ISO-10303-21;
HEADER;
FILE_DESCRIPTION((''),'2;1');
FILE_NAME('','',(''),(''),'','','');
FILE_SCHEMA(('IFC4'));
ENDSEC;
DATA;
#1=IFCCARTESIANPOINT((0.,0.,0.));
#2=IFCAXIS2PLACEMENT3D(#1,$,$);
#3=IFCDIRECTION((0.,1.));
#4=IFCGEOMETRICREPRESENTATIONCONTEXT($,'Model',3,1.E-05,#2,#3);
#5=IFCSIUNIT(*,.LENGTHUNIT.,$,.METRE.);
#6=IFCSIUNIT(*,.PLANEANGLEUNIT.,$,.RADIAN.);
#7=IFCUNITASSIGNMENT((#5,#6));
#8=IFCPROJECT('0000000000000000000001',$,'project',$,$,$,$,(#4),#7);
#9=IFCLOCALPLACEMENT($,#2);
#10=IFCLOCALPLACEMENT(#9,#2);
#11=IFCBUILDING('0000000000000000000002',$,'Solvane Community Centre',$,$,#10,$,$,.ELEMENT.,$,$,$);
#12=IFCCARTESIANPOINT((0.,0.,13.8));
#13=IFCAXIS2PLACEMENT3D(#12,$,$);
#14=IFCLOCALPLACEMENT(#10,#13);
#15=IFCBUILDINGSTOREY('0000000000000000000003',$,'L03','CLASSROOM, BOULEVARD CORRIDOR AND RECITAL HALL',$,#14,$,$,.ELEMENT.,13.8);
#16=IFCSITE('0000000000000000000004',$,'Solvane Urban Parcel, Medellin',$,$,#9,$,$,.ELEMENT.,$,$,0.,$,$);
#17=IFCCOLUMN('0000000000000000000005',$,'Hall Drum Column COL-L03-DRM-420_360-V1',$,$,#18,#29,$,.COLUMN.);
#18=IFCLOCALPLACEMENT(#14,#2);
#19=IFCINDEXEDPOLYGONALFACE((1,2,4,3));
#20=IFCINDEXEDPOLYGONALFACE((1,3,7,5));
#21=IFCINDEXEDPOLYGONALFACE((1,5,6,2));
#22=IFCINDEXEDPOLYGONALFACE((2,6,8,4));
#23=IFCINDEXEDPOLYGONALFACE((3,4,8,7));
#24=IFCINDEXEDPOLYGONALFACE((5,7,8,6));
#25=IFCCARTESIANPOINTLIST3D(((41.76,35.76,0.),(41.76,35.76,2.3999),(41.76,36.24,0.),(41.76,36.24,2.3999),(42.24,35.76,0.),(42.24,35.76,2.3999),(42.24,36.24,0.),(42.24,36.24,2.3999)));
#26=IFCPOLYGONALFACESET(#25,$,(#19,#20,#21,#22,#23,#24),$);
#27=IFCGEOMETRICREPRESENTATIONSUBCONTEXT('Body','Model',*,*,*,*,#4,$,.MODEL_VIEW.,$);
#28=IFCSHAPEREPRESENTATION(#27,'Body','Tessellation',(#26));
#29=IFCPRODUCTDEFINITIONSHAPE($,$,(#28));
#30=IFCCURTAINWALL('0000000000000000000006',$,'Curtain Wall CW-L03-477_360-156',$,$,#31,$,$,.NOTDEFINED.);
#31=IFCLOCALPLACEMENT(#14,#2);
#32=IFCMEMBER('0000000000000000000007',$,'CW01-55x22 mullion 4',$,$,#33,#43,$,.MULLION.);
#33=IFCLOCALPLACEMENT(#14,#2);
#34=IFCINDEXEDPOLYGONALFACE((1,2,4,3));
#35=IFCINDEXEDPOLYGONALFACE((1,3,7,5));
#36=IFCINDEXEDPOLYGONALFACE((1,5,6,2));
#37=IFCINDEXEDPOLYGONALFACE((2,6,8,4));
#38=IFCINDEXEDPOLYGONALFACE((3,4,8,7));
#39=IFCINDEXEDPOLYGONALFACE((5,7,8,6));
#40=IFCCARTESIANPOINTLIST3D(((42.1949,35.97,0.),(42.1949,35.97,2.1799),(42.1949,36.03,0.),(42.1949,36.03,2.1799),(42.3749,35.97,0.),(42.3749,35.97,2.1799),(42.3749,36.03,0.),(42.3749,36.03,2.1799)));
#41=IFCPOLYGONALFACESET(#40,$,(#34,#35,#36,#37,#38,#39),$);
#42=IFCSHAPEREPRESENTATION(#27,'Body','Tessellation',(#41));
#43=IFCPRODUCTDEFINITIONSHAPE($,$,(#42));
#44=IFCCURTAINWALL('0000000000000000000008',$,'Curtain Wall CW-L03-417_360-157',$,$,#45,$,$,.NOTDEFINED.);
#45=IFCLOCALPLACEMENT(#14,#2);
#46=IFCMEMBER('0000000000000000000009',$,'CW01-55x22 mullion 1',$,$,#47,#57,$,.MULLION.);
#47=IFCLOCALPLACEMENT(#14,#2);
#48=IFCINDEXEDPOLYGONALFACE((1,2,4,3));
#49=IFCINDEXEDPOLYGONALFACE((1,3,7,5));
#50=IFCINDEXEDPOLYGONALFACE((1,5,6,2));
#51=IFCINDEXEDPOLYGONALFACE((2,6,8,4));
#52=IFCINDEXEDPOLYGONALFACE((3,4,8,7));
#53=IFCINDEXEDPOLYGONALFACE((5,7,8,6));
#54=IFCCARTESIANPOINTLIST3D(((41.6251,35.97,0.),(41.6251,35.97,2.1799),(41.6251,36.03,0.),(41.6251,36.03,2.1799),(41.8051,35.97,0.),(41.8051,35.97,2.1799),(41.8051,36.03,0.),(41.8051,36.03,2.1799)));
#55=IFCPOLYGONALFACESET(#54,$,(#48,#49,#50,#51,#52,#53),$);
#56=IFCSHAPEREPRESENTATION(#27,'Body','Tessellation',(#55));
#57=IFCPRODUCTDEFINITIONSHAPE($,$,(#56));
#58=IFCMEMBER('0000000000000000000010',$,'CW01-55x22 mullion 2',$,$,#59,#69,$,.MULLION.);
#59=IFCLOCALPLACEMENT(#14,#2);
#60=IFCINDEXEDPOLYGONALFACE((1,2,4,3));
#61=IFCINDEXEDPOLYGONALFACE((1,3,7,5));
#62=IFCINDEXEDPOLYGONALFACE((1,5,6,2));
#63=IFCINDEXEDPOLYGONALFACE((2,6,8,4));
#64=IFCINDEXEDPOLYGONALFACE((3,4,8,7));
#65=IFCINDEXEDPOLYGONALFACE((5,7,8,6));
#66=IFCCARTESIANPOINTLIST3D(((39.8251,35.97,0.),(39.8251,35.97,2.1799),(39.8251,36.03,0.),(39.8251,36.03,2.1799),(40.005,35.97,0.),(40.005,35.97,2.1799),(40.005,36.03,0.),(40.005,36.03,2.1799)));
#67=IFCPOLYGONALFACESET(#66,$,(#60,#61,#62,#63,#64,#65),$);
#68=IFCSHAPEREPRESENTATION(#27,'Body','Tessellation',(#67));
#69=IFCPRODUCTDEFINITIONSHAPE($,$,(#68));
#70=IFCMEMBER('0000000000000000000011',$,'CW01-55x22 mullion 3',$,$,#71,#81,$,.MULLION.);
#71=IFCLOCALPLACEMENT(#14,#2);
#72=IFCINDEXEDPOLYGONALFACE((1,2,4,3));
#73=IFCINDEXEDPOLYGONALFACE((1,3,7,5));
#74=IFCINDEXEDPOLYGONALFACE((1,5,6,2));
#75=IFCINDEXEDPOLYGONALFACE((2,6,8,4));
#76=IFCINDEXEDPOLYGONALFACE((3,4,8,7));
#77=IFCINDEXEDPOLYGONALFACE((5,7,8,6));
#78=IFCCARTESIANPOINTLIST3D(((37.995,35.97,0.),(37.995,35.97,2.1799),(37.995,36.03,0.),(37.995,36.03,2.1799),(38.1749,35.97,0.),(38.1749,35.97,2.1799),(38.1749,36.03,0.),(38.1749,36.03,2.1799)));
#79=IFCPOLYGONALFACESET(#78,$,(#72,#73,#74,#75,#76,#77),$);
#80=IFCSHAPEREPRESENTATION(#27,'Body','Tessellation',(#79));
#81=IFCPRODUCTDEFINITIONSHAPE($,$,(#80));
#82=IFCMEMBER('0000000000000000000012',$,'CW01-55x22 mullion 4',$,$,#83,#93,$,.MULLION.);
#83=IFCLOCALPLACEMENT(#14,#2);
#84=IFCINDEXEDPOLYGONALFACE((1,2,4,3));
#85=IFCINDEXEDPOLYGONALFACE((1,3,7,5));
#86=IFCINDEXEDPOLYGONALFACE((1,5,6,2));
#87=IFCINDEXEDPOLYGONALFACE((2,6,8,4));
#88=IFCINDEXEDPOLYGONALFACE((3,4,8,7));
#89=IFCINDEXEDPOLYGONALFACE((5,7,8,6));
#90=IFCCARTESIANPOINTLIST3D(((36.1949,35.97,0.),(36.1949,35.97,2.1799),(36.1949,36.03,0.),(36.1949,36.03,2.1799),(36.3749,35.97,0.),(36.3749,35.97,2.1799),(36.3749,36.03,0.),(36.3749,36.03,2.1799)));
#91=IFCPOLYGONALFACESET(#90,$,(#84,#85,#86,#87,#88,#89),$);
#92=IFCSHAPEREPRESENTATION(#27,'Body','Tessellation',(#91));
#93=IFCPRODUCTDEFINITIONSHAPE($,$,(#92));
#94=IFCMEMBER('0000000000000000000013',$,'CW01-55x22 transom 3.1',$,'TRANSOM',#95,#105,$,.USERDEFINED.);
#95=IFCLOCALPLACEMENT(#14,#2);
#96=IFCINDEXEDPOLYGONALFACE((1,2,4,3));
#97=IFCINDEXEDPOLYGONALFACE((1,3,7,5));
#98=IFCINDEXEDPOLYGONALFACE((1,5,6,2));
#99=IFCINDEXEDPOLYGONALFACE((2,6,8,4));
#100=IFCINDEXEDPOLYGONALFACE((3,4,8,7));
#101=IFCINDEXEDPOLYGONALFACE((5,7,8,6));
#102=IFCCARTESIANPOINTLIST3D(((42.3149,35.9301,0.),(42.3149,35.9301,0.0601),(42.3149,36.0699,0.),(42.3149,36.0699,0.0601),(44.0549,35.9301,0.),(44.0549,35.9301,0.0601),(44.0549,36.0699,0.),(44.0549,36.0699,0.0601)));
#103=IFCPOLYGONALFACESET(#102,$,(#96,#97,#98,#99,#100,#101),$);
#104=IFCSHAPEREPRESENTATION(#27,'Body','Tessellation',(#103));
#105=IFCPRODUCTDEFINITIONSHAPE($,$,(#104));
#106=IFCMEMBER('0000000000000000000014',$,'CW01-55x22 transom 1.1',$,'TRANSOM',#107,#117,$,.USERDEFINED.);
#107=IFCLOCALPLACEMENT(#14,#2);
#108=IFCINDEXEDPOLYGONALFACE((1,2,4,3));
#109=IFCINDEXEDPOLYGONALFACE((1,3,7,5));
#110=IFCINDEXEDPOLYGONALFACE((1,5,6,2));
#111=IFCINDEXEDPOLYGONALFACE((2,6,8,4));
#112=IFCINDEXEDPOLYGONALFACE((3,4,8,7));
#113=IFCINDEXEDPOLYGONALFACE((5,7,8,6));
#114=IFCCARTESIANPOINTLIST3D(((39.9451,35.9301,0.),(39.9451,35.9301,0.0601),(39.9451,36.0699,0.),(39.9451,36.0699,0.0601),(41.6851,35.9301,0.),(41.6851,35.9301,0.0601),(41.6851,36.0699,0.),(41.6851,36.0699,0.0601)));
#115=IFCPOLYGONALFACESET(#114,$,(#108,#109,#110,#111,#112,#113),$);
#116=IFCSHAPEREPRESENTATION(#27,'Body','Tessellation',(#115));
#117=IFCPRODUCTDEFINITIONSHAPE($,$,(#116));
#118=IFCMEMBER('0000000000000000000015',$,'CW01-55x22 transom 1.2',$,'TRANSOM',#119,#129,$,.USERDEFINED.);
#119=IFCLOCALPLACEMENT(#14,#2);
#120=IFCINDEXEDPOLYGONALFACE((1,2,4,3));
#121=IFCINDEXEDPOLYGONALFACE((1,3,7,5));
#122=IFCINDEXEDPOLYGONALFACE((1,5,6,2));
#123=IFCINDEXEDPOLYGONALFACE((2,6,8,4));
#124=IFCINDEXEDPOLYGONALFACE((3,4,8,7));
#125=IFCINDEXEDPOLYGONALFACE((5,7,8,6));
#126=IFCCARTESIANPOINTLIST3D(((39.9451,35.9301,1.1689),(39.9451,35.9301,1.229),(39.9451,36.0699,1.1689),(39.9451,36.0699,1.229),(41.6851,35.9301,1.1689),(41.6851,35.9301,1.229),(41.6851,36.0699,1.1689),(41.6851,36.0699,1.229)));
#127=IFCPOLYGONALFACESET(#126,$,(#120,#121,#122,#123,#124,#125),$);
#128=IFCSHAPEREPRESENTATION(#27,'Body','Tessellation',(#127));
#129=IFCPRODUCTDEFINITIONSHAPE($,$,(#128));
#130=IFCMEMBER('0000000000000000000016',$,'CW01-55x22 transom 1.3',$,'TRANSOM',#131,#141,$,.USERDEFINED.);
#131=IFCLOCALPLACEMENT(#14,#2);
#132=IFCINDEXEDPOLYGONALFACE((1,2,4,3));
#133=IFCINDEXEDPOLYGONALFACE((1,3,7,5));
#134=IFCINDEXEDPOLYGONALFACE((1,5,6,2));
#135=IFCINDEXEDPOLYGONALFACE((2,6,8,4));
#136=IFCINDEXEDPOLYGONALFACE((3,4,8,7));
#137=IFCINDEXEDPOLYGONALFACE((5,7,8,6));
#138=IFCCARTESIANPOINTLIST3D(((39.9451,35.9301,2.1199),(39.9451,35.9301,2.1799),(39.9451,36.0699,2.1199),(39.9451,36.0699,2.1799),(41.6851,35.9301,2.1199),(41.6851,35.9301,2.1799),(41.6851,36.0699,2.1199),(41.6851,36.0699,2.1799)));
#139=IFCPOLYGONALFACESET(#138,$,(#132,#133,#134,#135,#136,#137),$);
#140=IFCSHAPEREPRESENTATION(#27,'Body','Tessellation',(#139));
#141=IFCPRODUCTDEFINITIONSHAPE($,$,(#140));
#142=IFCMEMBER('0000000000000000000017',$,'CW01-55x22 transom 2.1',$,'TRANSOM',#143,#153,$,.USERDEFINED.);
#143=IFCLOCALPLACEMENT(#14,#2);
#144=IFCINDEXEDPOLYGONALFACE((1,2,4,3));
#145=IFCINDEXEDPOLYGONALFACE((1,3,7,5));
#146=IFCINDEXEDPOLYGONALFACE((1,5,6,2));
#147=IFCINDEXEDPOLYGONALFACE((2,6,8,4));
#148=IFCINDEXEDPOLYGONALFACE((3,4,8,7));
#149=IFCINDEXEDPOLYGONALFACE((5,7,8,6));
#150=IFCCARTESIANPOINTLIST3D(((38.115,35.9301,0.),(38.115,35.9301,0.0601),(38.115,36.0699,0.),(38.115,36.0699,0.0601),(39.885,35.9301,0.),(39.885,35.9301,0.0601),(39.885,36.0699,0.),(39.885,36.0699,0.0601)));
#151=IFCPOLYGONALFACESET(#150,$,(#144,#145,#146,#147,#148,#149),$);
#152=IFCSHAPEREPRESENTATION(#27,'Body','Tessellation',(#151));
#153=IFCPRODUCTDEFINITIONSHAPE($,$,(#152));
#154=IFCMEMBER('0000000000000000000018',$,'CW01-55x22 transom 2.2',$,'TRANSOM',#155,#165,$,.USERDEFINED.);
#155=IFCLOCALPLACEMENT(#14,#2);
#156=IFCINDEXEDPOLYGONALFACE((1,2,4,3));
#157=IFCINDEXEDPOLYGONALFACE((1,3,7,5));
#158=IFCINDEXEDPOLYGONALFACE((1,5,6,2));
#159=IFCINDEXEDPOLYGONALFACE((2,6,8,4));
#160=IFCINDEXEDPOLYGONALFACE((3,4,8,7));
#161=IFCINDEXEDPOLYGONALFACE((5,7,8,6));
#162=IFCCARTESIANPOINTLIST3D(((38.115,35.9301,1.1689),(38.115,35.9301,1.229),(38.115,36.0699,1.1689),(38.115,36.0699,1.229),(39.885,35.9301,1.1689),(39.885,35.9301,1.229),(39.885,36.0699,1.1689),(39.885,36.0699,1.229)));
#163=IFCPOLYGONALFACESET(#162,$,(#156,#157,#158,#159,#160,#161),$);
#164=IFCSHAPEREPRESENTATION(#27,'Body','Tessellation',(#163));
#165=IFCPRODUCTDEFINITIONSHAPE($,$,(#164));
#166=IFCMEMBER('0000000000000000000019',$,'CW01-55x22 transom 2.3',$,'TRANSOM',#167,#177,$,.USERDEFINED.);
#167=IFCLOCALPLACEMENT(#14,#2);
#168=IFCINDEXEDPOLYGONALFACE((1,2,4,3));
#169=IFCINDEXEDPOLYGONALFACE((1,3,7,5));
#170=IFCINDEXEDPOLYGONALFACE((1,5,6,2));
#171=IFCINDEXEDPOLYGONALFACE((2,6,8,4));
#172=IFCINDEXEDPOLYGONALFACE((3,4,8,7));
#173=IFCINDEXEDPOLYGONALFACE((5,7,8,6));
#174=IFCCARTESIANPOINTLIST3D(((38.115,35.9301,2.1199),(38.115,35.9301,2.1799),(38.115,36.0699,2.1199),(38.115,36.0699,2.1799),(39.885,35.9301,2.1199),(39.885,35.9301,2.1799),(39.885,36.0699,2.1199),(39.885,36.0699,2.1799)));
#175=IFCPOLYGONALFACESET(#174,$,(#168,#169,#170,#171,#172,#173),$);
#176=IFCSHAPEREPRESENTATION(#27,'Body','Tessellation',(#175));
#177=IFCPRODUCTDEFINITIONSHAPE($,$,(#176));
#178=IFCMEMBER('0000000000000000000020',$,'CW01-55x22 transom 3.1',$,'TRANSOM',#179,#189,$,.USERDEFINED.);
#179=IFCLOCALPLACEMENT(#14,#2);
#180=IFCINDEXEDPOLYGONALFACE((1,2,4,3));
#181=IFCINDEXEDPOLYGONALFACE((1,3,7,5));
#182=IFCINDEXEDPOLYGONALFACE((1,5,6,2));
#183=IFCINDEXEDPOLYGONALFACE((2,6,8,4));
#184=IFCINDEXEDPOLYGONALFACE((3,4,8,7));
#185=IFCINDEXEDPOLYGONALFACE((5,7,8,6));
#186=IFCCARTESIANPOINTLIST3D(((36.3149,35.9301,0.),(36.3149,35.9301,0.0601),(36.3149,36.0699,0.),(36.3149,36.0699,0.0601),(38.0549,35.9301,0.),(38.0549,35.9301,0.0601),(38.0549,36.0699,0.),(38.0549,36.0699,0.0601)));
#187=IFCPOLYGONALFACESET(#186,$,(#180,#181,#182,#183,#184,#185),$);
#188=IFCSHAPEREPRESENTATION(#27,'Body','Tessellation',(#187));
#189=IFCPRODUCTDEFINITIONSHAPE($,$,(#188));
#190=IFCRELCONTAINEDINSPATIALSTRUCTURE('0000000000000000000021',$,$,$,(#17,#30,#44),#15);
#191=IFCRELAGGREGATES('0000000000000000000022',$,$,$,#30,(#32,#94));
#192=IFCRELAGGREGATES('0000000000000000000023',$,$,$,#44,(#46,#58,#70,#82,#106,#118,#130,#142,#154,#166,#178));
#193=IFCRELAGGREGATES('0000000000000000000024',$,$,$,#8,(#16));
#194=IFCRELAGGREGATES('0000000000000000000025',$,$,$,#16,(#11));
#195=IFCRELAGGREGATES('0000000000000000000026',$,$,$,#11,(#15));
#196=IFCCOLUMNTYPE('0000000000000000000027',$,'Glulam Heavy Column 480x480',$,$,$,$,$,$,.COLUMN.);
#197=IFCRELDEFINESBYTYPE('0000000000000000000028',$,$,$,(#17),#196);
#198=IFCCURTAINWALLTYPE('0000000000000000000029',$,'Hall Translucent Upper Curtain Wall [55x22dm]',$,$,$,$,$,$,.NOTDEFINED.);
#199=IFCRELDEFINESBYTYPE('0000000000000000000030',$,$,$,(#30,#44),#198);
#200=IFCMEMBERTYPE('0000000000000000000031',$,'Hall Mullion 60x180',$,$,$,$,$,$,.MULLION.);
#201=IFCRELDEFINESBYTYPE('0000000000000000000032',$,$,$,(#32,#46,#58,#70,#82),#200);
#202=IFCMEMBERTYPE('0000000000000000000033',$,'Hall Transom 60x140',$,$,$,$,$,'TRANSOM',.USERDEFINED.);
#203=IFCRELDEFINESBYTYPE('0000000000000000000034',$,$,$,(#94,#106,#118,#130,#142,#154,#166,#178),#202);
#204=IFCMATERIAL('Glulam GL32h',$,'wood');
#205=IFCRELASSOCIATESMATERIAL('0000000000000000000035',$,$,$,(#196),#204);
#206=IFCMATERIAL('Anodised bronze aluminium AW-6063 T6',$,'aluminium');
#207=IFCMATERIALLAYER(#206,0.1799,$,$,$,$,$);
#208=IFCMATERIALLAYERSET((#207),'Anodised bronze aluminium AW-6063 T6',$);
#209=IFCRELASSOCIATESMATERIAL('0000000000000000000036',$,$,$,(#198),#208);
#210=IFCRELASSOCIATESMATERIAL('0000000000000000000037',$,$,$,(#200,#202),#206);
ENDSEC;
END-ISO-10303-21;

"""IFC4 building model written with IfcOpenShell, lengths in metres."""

from ifc_helpers import new_model, si_unit, direction, frame, origin, origin_2d, place, context, subcontext, project, spatial, rectangle, extrude, material, layer, layer_set, material_profile, profile_set, type_object, element, aggregate, save


model = new_model("IFC4")

# Units and contexts
model_context = context("Model", 3, precision=1e-05, world=origin(), true_north=direction((0.0, 1.0)))
body_context = subcontext(model_context, "Body", "Model", "MODEL_VIEW")
ifc_project = project(units=[si_unit("LENGTHUNIT", "METRE"), si_unit("PLANEANGLEUNIT", "RADIAN")], contexts=[model_context])

# Site, building, storey
site_placement = place(None, origin())
site = spatial("IfcSite", under=ifc_project, at=site_placement, Name="Solvane Urban Parcel, Medellin", CompositionType="ELEMENT", RefElevation=0.0)
building_placement = place(site_placement, origin())
building = spatial("IfcBuilding", under=site, at=building_placement, Name="Solvane Community Centre", CompositionType="ELEMENT")
storey_placement = place(building_placement, frame((0.0, 0.0, 13.8)))
storey = spatial("IfcBuildingStorey", under=building, at=storey_placement, Name="L03", Description="CLASSROOM, BOULEVARD CORRIDOR AND RECITAL HALL", CompositionType="ELEMENT", Elevation=13.8)

# Column
ifc_material_1 = material(Name="Glulam GL32h", Category="wood")
ifc_material_profile_1 = material_profile(ifc_material_1, rectangle(XDim=0.48, YDim=0.48, at=origin_2d()), Name="GL32h 480x480")
ifc_profile_set_1 = profile_set([ifc_material_profile_1], Name="Glulam GL32h")
column_type = type_object("IfcColumnType", Name="Glulam Heavy Column 480x480", PredefinedType="COLUMN", material=ifc_profile_set_1)
column_placement = place(storey_placement, frame((42.0, 36.0, 0.0), z_axis=(0.0, 0.0, 1.0), x_axis=(1.0, 0.0, 0.0)))
element("IfcColumn", 1, at=column_placement, inside=storey, type_object=column_type, Name="Hall Drum Column COL-L03-DRM-420_360-V1", PredefinedType="COLUMN", context=body_context, shape_type="SweptSolid", body=[
    extrude(rectangle(XDim=0.48, YDim=0.48, at=origin_2d()), origin(), (0.0, 0.0, 1.0), 2.3999),
])

# Curtain wall, member
ifc_material_2 = material(Name="Anodised bronze aluminium AW-6063 T6", Category="aluminium")
ifc_layer_1 = layer(ifc_material_2, 0.1799)
ifc_layer_set_1 = layer_set([ifc_layer_1], Name="Anodised bronze aluminium AW-6063 T6")
curtain_wall_type = type_object("IfcCurtainWallType", Name="Hall Translucent Upper Curtain Wall [55x22dm]", PredefinedType="NOTDEFINED", material=ifc_layer_set_1)
curtain_wall_1_placement = place(storey_placement, origin())
curtain_wall_1 = element("IfcCurtainWall", 2, at=curtain_wall_1_placement, inside=storey, type_object=curtain_wall_type, Name="Curtain Wall CW-L03-477_360-156", PredefinedType="NOTDEFINED")
ifc_material_profile_2 = material_profile(ifc_material_2, rectangle(XDim=0.0601, YDim=0.1799, at=origin_2d()), Name="CW-M 60x180")
ifc_profile_set_2 = profile_set([ifc_material_profile_2], Name="Anodised bronze aluminium AW-6063 T6")
member_type_1 = type_object("IfcMemberType", Name="Hall Mullion 60x180", PredefinedType="MULLION", material=ifc_profile_set_2)
member_1_placement = place(storey_placement, frame((42.2849, 36.0, 0.0), z_axis=(0.0, 0.0, 1.0), x_axis=(0.0, -1.0, 0.0)))
member_1 = element("IfcMember", 3, at=member_1_placement, type_object=member_type_1, Name="CW01-55x22 mullion 4", PredefinedType="MULLION", context=body_context, shape_type="SweptSolid", body=[
    extrude(rectangle(XDim=0.0601, YDim=0.1799, at=origin_2d()), origin(), (0.0, 0.0, 1.0), 2.1799),
])

# Curtain wall, members
curtain_wall_2_placement = place(storey_placement, origin())
curtain_wall_2 = element("IfcCurtainWall", 4, at=curtain_wall_2_placement, inside=storey, type_object=curtain_wall_type, Name="Curtain Wall CW-L03-417_360-157", PredefinedType="NOTDEFINED")
member_2_placement = place(storey_placement, frame((41.7151, 36.0, 0.0), z_axis=(0.0, 0.0, 1.0), x_axis=(0.0, -1.0, 0.0)))
member_2 = element("IfcMember", 5, at=member_2_placement, type_object=member_type_1, Name="CW01-55x22 mullion 1", PredefinedType="MULLION", context=body_context, shape_type="SweptSolid", body=[
    extrude(rectangle(XDim=0.0601, YDim=0.1799, at=origin_2d()), origin(), (0.0, 0.0, 1.0), 2.1799),
])
member_3_placement = place(storey_placement, frame((39.915, 36.0, 0.0), z_axis=(0.0, 0.0, 1.0), x_axis=(0.0, -1.0, 0.0)))
member_3 = element("IfcMember", 6, at=member_3_placement, type_object=member_type_1, Name="CW01-55x22 mullion 2", PredefinedType="MULLION", context=body_context, shape_type="SweptSolid", body=[
    extrude(rectangle(XDim=0.0601, YDim=0.1799, at=origin_2d()), origin(), (0.0, 0.0, 1.0), 2.1799),
])
member_4_placement = place(storey_placement, frame((38.085, 36.0, 0.0), z_axis=(0.0, 0.0, 1.0), x_axis=(0.0, -1.0, 0.0)))
member_4 = element("IfcMember", 7, at=member_4_placement, type_object=member_type_1, Name="CW01-55x22 mullion 3", PredefinedType="MULLION", context=body_context, shape_type="SweptSolid", body=[
    extrude(rectangle(XDim=0.0601, YDim=0.1799, at=origin_2d()), origin(), (0.0, 0.0, 1.0), 2.1799),
])
member_5_placement = place(storey_placement, frame((36.2849, 36.0, 0.0), z_axis=(0.0, 0.0, 1.0), x_axis=(0.0, -1.0, 0.0)))
member_5 = element("IfcMember", 8, at=member_5_placement, type_object=member_type_1, Name="CW01-55x22 mullion 4", PredefinedType="MULLION", context=body_context, shape_type="SweptSolid", body=[
    extrude(rectangle(XDim=0.0601, YDim=0.1799, at=origin_2d()), origin(), (0.0, 0.0, 1.0), 2.1799),
])

# Members
ifc_material_profile_3 = material_profile(ifc_material_2, rectangle(XDim=0.1399, YDim=0.0601, at=origin_2d()), Name="CW-T 60x140")
ifc_profile_set_3 = profile_set([ifc_material_profile_3], Name="Anodised bronze aluminium AW-6063 T6")
member_type_2 = type_object("IfcMemberType", Name="Hall Transom 60x140", ElementType="TRANSOM", PredefinedType="USERDEFINED", material=ifc_profile_set_3)
member_6_placement = place(storey_placement, frame((44.0549, 36.0, 0.03), z_axis=(-1.0, 0.0, 0.0), x_axis=(0.0, -1.0, 0.0)))
member_6 = element("IfcMember", 9, at=member_6_placement, type_object=member_type_2, Name="CW01-55x22 transom 3.1", ObjectType="TRANSOM", PredefinedType="USERDEFINED", context=body_context, shape_type="SweptSolid", body=[
    extrude(rectangle(XDim=0.1399, YDim=0.0601, at=origin_2d()), origin(), (0.0, 0.0, 1.0), 1.74),
])
member_7_placement = place(storey_placement, frame((41.6851, 36.0, 0.03), z_axis=(-1.0, 0.0, 0.0), x_axis=(0.0, -1.0, 0.0)))
member_7 = element("IfcMember", 10, at=member_7_placement, type_object=member_type_2, Name="CW01-55x22 transom 1.1", ObjectType="TRANSOM", PredefinedType="USERDEFINED", context=body_context, shape_type="SweptSolid", body=[
    extrude(rectangle(XDim=0.1399, YDim=0.0601, at=origin_2d()), origin(), (0.0, 0.0, 1.0), 1.74),
])
member_8_placement = place(storey_placement, frame((41.6851, 36.0, 1.199), z_axis=(-1.0, 0.0, 0.0), x_axis=(0.0, -1.0, 0.0)))
member_8 = element("IfcMember", 11, at=member_8_placement, type_object=member_type_2, Name="CW01-55x22 transom 1.2", ObjectType="TRANSOM", PredefinedType="USERDEFINED", context=body_context, shape_type="SweptSolid", body=[
    extrude(rectangle(XDim=0.1399, YDim=0.0601, at=origin_2d()), origin(), (0.0, 0.0, 1.0), 1.74),
])
member_9_placement = place(storey_placement, frame((41.6851, 36.0, 2.1499), z_axis=(-1.0, 0.0, 0.0), x_axis=(0.0, -1.0, 0.0)))
member_9 = element("IfcMember", 12, at=member_9_placement, type_object=member_type_2, Name="CW01-55x22 transom 1.3", ObjectType="TRANSOM", PredefinedType="USERDEFINED", context=body_context, shape_type="SweptSolid", body=[
    extrude(rectangle(XDim=0.1399, YDim=0.0601, at=origin_2d()), origin(), (0.0, 0.0, 1.0), 1.74),
])
member_10_placement = place(storey_placement, frame((39.885, 36.0, 0.03), z_axis=(-1.0, 0.0, 0.0), x_axis=(0.0, -1.0, 0.0)))
member_10 = element("IfcMember", 13, at=member_10_placement, type_object=member_type_2, Name="CW01-55x22 transom 2.1", ObjectType="TRANSOM", PredefinedType="USERDEFINED", context=body_context, shape_type="SweptSolid", body=[
    extrude(rectangle(XDim=0.1399, YDim=0.0601, at=origin_2d()), origin(), (0.0, 0.0, 1.0), 1.77),
])
member_11_placement = place(storey_placement, frame((39.885, 36.0, 1.199), z_axis=(-1.0, 0.0, 0.0), x_axis=(0.0, -1.0, 0.0)))
member_11 = element("IfcMember", 14, at=member_11_placement, type_object=member_type_2, Name="CW01-55x22 transom 2.2", ObjectType="TRANSOM", PredefinedType="USERDEFINED", context=body_context, shape_type="SweptSolid", body=[
    extrude(rectangle(XDim=0.1399, YDim=0.0601, at=origin_2d()), origin(), (0.0, 0.0, 1.0), 1.77),
])
member_12_placement = place(storey_placement, frame((39.885, 36.0, 2.1499), z_axis=(-1.0, 0.0, 0.0), x_axis=(0.0, -1.0, 0.0)))
member_12 = element("IfcMember", 15, at=member_12_placement, type_object=member_type_2, Name="CW01-55x22 transom 2.3", ObjectType="TRANSOM", PredefinedType="USERDEFINED", context=body_context, shape_type="SweptSolid", body=[
    extrude(rectangle(XDim=0.1399, YDim=0.0601, at=origin_2d()), origin(), (0.0, 0.0, 1.0), 1.77),
])
member_13_placement = place(storey_placement, frame((38.0549, 36.0, 0.03), z_axis=(-1.0, 0.0, 0.0), x_axis=(0.0, -1.0, 0.0)))
member_13 = element("IfcMember", 16, at=member_13_placement, type_object=member_type_2, Name="CW01-55x22 transom 3.1", ObjectType="TRANSOM", PredefinedType="USERDEFINED", context=body_context, shape_type="SweptSolid", body=[
    extrude(rectangle(XDim=0.1399, YDim=0.0601, at=origin_2d()), origin(), (0.0, 0.0, 1.0), 1.74),
])

aggregate(curtain_wall_1, [member_1, member_6])
aggregate(curtain_wall_2, [member_2, member_3, member_4, member_5, member_7, member_8, member_9, member_10, member_11, member_12, member_13])

save(model, "model.ifc")
